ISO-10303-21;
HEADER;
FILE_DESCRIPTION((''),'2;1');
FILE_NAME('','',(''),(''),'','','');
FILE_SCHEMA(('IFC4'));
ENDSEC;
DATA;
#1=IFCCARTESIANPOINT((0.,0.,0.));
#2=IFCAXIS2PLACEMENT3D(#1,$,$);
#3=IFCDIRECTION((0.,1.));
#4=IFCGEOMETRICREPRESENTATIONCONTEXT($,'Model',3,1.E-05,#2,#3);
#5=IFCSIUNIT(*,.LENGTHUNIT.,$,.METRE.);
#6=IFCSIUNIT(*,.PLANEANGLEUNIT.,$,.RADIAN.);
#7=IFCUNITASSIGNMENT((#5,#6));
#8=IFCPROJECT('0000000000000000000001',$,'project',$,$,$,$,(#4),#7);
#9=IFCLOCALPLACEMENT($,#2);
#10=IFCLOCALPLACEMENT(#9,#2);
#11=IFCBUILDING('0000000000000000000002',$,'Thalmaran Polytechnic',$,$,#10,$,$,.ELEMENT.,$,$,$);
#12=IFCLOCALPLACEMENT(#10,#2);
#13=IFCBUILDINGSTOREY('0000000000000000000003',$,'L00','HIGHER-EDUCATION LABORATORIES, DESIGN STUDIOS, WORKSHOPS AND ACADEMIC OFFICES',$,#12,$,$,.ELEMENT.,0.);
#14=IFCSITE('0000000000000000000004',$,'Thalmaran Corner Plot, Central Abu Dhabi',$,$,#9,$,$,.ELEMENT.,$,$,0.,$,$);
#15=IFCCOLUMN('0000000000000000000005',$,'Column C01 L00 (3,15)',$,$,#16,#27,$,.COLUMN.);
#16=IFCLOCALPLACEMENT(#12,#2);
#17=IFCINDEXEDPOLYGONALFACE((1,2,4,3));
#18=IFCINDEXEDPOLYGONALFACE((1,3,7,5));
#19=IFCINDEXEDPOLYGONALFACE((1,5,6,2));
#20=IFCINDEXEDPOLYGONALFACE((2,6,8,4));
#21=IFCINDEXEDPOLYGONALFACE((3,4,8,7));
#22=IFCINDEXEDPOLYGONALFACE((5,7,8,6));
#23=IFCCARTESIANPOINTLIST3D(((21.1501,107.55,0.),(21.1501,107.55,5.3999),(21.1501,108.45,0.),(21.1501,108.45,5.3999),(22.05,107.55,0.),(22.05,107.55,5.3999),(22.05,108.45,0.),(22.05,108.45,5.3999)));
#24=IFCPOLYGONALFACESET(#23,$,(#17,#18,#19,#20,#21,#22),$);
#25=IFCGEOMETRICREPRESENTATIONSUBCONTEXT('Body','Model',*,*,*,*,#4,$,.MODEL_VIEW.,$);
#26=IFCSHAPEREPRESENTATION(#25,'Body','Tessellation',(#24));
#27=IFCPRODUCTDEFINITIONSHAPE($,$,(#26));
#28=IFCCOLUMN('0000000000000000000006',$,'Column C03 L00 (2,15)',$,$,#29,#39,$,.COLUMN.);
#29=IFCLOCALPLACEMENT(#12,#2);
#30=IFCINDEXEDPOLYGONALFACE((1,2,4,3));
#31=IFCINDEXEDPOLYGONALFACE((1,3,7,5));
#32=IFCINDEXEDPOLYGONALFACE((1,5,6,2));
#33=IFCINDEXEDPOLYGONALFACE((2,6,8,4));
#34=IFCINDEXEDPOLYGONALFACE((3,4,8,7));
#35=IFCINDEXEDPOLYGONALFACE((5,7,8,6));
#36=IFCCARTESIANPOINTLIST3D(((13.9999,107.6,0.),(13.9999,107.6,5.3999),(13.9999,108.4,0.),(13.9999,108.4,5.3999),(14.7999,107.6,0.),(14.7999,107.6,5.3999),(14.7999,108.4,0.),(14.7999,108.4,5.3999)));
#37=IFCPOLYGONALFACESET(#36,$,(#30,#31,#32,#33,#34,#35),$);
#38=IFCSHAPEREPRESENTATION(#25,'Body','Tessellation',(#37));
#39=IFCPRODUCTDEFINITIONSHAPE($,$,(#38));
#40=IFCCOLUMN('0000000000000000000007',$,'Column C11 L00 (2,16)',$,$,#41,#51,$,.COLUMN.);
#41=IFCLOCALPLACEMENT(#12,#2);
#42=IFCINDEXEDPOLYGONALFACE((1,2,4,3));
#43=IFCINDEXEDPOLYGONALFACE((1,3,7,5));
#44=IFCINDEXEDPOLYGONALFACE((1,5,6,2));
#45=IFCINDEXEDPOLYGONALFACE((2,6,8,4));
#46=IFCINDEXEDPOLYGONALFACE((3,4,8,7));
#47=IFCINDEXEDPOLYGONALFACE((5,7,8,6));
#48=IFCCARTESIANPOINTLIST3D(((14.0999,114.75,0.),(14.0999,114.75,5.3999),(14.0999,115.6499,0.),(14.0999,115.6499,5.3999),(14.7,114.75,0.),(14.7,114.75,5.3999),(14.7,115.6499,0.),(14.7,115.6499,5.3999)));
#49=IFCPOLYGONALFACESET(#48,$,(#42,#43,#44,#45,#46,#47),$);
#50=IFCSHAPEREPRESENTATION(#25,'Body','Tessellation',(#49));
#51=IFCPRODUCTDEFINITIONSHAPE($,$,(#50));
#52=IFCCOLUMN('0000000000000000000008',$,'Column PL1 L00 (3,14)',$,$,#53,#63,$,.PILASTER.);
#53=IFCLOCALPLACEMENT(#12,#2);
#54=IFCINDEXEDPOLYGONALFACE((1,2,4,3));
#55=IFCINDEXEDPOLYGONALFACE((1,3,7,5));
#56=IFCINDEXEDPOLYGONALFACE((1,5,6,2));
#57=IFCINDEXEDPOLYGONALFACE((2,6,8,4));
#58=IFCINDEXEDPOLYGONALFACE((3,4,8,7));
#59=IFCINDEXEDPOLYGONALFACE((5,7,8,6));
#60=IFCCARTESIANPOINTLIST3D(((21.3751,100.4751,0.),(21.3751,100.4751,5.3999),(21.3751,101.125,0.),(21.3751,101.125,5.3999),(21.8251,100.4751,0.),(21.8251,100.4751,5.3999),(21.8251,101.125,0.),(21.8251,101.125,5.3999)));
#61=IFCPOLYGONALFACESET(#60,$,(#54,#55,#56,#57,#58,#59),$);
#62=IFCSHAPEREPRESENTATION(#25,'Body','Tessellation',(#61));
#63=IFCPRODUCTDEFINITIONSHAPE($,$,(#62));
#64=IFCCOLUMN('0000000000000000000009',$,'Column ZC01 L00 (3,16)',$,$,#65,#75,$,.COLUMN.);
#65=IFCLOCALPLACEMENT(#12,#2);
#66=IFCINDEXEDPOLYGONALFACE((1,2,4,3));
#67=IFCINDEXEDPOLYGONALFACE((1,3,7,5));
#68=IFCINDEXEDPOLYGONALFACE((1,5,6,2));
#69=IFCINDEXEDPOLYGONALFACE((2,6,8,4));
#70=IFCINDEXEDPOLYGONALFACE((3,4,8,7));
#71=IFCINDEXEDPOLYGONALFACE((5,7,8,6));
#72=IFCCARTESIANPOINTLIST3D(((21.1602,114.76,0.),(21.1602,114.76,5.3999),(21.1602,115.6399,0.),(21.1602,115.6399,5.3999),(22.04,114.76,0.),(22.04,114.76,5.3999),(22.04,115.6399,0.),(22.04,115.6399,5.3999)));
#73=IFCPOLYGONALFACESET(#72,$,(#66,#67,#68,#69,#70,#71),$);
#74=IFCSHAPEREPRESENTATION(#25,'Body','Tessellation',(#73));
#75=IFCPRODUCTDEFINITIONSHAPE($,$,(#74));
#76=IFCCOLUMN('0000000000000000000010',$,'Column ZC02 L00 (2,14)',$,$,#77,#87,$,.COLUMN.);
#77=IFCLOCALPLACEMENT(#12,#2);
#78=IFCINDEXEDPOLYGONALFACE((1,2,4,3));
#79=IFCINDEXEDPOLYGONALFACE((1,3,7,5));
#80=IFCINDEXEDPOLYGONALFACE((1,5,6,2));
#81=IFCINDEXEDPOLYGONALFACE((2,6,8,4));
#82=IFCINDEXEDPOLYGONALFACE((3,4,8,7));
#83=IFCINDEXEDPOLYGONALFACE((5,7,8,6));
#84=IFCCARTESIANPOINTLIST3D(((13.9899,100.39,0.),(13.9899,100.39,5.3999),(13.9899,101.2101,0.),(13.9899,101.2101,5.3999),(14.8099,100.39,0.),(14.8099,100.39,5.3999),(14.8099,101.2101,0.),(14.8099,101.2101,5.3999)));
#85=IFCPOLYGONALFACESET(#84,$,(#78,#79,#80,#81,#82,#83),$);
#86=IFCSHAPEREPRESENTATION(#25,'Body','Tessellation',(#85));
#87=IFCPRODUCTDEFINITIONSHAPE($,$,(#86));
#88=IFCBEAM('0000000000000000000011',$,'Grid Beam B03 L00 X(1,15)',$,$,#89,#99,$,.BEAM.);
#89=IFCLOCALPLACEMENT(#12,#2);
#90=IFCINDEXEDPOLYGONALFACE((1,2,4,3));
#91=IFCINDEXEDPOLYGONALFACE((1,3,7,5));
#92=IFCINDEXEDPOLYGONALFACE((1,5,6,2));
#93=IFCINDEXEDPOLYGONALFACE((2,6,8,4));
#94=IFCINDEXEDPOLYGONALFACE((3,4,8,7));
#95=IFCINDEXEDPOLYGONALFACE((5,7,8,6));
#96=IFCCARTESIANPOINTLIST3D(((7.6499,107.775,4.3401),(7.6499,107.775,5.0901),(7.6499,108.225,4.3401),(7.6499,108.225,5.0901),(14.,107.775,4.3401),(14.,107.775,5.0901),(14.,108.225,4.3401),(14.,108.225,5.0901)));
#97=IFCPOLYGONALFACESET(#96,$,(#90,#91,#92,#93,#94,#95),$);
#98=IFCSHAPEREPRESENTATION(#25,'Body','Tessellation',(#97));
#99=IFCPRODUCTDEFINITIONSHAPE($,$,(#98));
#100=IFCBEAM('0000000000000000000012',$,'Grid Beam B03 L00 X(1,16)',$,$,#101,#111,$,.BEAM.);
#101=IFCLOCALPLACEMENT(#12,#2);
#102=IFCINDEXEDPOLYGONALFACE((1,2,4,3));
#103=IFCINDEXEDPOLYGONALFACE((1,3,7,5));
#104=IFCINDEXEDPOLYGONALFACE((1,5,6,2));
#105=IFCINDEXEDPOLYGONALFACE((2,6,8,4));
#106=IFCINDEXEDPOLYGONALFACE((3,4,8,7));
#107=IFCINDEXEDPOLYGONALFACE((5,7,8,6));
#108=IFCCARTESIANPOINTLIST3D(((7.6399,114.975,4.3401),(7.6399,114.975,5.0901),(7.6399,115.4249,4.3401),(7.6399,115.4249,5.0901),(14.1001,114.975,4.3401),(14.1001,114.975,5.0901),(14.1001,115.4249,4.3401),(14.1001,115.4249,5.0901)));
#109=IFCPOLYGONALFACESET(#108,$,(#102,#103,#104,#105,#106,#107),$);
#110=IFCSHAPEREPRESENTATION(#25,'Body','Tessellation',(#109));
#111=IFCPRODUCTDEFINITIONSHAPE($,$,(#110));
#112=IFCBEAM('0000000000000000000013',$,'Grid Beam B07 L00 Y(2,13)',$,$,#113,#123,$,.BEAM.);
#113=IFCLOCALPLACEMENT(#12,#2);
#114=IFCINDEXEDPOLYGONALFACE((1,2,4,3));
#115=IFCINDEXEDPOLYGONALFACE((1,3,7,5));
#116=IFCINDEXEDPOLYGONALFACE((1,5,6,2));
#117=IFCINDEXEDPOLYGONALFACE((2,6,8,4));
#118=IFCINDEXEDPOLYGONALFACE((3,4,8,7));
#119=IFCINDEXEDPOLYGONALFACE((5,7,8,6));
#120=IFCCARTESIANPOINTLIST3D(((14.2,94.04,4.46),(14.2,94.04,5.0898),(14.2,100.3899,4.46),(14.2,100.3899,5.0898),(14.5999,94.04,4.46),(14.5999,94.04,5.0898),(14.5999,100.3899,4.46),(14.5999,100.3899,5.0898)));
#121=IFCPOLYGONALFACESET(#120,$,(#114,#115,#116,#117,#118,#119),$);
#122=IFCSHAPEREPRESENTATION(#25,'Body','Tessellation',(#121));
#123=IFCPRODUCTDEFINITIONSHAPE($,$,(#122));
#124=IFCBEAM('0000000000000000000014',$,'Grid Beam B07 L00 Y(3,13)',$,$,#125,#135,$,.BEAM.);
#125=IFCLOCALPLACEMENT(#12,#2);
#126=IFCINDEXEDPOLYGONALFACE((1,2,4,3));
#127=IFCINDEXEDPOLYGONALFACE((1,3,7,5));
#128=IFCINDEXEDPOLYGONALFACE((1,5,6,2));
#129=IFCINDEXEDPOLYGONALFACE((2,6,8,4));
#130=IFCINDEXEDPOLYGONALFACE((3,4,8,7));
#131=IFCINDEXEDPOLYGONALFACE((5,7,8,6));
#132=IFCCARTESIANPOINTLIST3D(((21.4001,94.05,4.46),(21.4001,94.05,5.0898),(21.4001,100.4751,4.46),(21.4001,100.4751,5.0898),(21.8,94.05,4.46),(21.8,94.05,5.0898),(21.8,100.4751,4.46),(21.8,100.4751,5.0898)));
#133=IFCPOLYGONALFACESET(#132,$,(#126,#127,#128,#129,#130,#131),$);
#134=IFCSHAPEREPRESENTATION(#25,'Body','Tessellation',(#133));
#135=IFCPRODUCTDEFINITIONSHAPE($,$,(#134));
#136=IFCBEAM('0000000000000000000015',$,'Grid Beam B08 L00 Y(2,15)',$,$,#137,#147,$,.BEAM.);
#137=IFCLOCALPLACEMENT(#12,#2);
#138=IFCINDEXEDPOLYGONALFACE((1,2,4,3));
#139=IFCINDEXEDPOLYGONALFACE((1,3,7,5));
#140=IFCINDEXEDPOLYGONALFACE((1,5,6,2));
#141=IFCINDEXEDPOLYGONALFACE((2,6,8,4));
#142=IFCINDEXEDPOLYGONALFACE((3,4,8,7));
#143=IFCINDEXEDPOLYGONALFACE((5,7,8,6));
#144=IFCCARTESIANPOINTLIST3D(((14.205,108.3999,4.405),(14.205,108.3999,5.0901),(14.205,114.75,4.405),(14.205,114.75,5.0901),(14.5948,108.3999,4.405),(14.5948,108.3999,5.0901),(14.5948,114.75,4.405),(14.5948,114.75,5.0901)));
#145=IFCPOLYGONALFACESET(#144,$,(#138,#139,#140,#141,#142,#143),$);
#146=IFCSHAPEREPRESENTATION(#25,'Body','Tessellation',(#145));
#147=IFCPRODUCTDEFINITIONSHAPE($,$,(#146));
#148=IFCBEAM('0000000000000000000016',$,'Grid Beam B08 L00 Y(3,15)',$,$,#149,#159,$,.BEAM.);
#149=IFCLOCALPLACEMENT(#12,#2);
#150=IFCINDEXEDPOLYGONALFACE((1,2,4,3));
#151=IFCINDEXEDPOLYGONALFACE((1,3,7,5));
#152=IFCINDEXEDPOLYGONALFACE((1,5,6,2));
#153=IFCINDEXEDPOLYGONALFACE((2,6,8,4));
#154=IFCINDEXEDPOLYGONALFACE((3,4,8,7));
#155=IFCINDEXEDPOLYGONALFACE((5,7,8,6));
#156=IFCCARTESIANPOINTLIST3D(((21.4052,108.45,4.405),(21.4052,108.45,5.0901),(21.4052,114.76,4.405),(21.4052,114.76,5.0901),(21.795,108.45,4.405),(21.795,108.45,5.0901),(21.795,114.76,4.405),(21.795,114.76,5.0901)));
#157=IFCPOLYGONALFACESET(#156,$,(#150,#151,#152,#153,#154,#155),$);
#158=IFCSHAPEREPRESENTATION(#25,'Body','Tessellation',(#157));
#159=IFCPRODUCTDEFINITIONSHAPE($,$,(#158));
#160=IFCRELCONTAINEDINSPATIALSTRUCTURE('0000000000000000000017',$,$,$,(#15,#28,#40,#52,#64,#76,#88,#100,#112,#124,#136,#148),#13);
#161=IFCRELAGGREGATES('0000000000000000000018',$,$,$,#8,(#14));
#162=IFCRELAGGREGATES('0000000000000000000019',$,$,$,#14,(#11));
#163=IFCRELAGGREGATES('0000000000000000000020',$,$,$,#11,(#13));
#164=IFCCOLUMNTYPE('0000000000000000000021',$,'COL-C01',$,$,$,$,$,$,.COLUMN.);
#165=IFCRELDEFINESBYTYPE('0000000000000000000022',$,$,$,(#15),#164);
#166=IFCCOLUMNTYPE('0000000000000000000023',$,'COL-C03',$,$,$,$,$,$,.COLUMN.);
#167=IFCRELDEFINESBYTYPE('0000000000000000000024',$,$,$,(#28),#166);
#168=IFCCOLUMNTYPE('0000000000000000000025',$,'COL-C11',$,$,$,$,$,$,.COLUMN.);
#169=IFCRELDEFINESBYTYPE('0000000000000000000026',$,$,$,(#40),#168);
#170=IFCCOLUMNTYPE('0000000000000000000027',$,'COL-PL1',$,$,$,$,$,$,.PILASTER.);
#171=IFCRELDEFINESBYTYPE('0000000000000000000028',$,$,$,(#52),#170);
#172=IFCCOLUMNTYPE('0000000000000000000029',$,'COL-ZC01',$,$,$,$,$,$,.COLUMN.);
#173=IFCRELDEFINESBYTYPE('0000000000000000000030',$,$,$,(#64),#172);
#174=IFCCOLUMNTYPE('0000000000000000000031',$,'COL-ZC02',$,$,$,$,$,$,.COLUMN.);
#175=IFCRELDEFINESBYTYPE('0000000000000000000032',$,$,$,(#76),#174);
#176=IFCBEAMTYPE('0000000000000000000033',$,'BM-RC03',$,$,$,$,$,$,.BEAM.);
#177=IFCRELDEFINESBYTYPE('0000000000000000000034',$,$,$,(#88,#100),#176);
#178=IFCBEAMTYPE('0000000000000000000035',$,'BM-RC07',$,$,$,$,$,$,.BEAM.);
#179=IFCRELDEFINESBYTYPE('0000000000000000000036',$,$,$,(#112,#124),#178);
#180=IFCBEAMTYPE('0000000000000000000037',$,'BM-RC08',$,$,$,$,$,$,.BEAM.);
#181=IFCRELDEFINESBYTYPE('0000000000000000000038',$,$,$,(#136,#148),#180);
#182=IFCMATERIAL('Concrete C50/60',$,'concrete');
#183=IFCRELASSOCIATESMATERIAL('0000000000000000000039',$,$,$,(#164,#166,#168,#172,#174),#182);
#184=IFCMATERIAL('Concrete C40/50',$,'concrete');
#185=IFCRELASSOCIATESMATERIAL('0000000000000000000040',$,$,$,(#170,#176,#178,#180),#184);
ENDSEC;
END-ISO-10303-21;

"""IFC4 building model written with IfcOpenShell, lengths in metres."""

from ifc_helpers import new_model, si_unit, direction, frame, origin, origin_2d, place, context, subcontext, project, spatial, rectangle, extrude, material, material_profile, profile_set, type_object, element, save


model = new_model("IFC4")

# Units and contexts
model_context = context("Model", 3, precision=1e-05, world=origin(), true_north=direction((0.0, 1.0)))
body_context = subcontext(model_context, "Body", "Model", "MODEL_VIEW")
ifc_project = project(units=[si_unit("LENGTHUNIT", "METRE"), si_unit("PLANEANGLEUNIT", "RADIAN")], contexts=[model_context])

# Site, building, storey
site_placement = place(None, origin())
site = spatial("IfcSite", under=ifc_project, at=site_placement, Name="Thalmaran Corner Plot, Central Abu Dhabi", CompositionType="ELEMENT", RefElevation=0.0)
building_placement = place(site_placement, origin())
building = spatial("IfcBuilding", under=site, at=building_placement, Name="Thalmaran Polytechnic", CompositionType="ELEMENT")
storey_placement = place(building_placement, origin())
storey = spatial("IfcBuildingStorey", under=building, at=storey_placement, Name="L00", Description="HIGHER-EDUCATION LABORATORIES, DESIGN STUDIOS, WORKSHOPS AND ACADEMIC OFFICES", CompositionType="ELEMENT", Elevation=0.0)

# Columns
ifc_material_1 = material(Name="Concrete C50/60", Category="concrete")
ifc_material_profile_1 = material_profile(ifc_material_1, rectangle(XDim=0.8999, YDim=0.8999, at=origin_2d()), Name="RC 900x900")
ifc_profile_set_1 = profile_set([ifc_material_profile_1], Name="Concrete C50/60")
column_type_1 = type_object("IfcColumnType", Name="COL-C01", PredefinedType="COLUMN", material=ifc_profile_set_1)
column_1_placement = place(storey_placement, frame((21.6001, 108.0, 0.0), z_axis=(0.0, 0.0, 1.0), x_axis=(1.0, 0.0, 0.0)))
element("IfcColumn", 1, at=column_1_placement, inside=storey, type_object=column_type_1, Name="Column C01 L00 (3,15)", PredefinedType="COLUMN", context=body_context, shape_type="SweptSolid", body=[
    extrude(rectangle(XDim=0.8999, YDim=0.8999, at=origin_2d()), origin(), (0.0, 0.0, 1.0), 5.3999),
])
ifc_material_profile_2 = material_profile(ifc_material_1, rectangle(XDim=0.8, YDim=0.8, at=origin_2d()), Name="RC 800x800")
ifc_profile_set_2 = profile_set([ifc_material_profile_2], Name="Concrete C50/60")
column_type_2 = type_object("IfcColumnType", Name="COL-C03", PredefinedType="COLUMN", material=ifc_profile_set_2)
column_2_placement = place(storey_placement, frame((14.3999, 108.0, 0.0), z_axis=(0.0, 0.0, 1.0), x_axis=(1.0, 0.0, 0.0)))
element("IfcColumn", 2, at=column_2_placement, inside=storey, type_object=column_type_2, Name="Column C03 L00 (2,15)", PredefinedType="COLUMN", context=body_context, shape_type="SweptSolid", body=[
    extrude(rectangle(XDim=0.8, YDim=0.8, at=origin_2d()), origin(), (0.0, 0.0, 1.0), 5.3999),
])
ifc_material_profile_3 = material_profile(ifc_material_1, rectangle(XDim=0.6001, YDim=0.8999, at=origin_2d()), Name="RC 600x900")
ifc_profile_set_3 = profile_set([ifc_material_profile_3], Name="Concrete C50/60")
column_type_3 = type_object("IfcColumnType", Name="COL-C11", PredefinedType="COLUMN", material=ifc_profile_set_3)
column_3_placement = place(storey_placement, frame((14.3999, 115.2, 0.0), z_axis=(0.0, 0.0, 1.0), x_axis=(1.0, 0.0, 0.0)))
element("IfcColumn", 3, at=column_3_placement, inside=storey, type_object=column_type_3, Name="Column C11 L00 (2,16)", PredefinedType="COLUMN", context=body_context, shape_type="SweptSolid", body=[
    extrude(rectangle(XDim=0.6001, YDim=0.8999, at=origin_2d()), origin(), (0.0, 0.0, 1.0), 5.3999),
])
ifc_material_2 = material(Name="Concrete C40/50", Category="concrete")
ifc_material_profile_4 = material_profile(ifc_material_2, rectangle(XDim=0.45, YDim=0.6499, at=origin_2d()), Name="RC 450x650")
ifc_profile_set_4 = profile_set([ifc_material_profile_4], Name="Concrete C40/50")
column_type_4 = type_object("IfcColumnType", Name="COL-PL1", PredefinedType="PILASTER", material=ifc_profile_set_4)
column_4_placement = place(storey_placement, frame((21.6001, 100.8, 0.0), z_axis=(0.0, 0.0, 1.0), x_axis=(1.0, 0.0, 0.0)))
element("IfcColumn", 4, at=column_4_placement, inside=storey, type_object=column_type_4, Name="Column PL1 L00 (3,14)", PredefinedType="PILASTER", context=body_context, shape_type="SweptSolid", body=[
    extrude(rectangle(XDim=0.45, YDim=0.6499, at=origin_2d()), origin(), (0.0, 0.0, 1.0), 5.3999),
])
ifc_material_profile_5 = material_profile(ifc_material_1, rectangle(XDim=0.8799, YDim=0.8799, at=origin_2d()), Name="RC 880x880")
ifc_profile_set_5 = profile_set([ifc_material_profile_5], Name="Concrete C50/60")
column_type_5 = type_object("IfcColumnType", Name="COL-ZC01", PredefinedType="COLUMN", material=ifc_profile_set_5)
column_5_placement = place(storey_placement, frame((21.6001, 115.2, 0.0), z_axis=(0.0, 0.0, 1.0), x_axis=(1.0, 0.0, 0.0)))
element("IfcColumn", 5, at=column_5_placement, inside=storey, type_object=column_type_5, Name="Column ZC01 L00 (3,16)", PredefinedType="COLUMN", context=body_context, shape_type="SweptSolid", body=[
    extrude(rectangle(XDim=0.8799, YDim=0.8799, at=origin_2d()), origin(), (0.0, 0.0, 1.0), 5.3999),
])
ifc_material_profile_6 = material_profile(ifc_material_1, rectangle(XDim=0.8201, YDim=0.8201, at=origin_2d()), Name="RC 820x820")
ifc_profile_set_6 = profile_set([ifc_material_profile_6], Name="Concrete C50/60")
column_type_6 = type_object("IfcColumnType", Name="COL-ZC02", PredefinedType="COLUMN", material=ifc_profile_set_6)
column_6_placement = place(storey_placement, frame((14.3999, 100.8, 0.0), z_axis=(0.0, 0.0, 1.0), x_axis=(1.0, 0.0, 0.0)))
element("IfcColumn", 6, at=column_6_placement, inside=storey, type_object=column_type_6, Name="Column ZC02 L00 (2,14)", PredefinedType="COLUMN", context=body_context, shape_type="SweptSolid", body=[
    extrude(rectangle(XDim=0.8201, YDim=0.8201, at=origin_2d()), origin(), (0.0, 0.0, 1.0), 5.3999),
])

# Beams
ifc_material_profile_7 = material_profile(ifc_material_2, rectangle(XDim=0.45, YDim=0.75, at=origin_2d()), Name="RC 450x750")
ifc_profile_set_7 = profile_set([ifc_material_profile_7], Name="Concrete C40/50")
beam_type_1 = type_object("IfcBeamType", Name="BM-RC03", PredefinedType="BEAM", material=ifc_profile_set_7)
beam_1_placement = place(storey_placement, frame((7.6499, 108.0, 4.7151), z_axis=(1.0, 0.0, 0.0), x_axis=(0.0, 1.0, 0.0)))
element("IfcBeam", 7, at=beam_1_placement, inside=storey, type_object=beam_type_1, Name="Grid Beam B03 L00 X(1,15)", PredefinedType="BEAM", context=body_context, shape_type="SweptSolid", body=[
    extrude(rectangle(XDim=0.45, YDim=0.75, at=origin_2d()), origin(), (0.0, 0.0, 1.0), 6.3501),
])
beam_2_placement = place(storey_placement, frame((7.6399, 115.2, 4.7151), z_axis=(1.0, 0.0, 0.0), x_axis=(0.0, 1.0, 0.0)))
element("IfcBeam", 8, at=beam_2_placement, inside=storey, type_object=beam_type_1, Name="Grid Beam B03 L00 X(1,16)", PredefinedType="BEAM", context=body_context, shape_type="SweptSolid", body=[
    extrude(rectangle(XDim=0.45, YDim=0.75, at=origin_2d()), origin(), (0.0, 0.0, 1.0), 6.4602),
])
ifc_material_profile_8 = material_profile(ifc_material_2, rectangle(XDim=0.3999, YDim=0.6299, at=origin_2d()), Name="RC 400x630")
ifc_profile_set_8 = profile_set([ifc_material_profile_8], Name="Concrete C40/50")
beam_type_2 = type_object("IfcBeamType", Name="BM-RC07", PredefinedType="BEAM", material=ifc_profile_set_8)
beam_3_placement = place(storey_placement, frame((14.3999, 94.04, 4.7749), z_axis=(0.0, 1.0, 0.0), x_axis=(-1.0, 0.0, 0.0)))
element("IfcBeam", 9, at=beam_3_placement, inside=storey, type_object=beam_type_2, Name="Grid Beam B07 L00 Y(2,13)", PredefinedType="BEAM", context=body_context, shape_type="SweptSolid", body=[
    extrude(rectangle(XDim=0.3999, YDim=0.6299, at=origin_2d()), origin(), (0.0, 0.0, 1.0), 6.3499),
])
beam_4_placement = place(storey_placement, frame((21.6001, 94.05, 4.7749), z_axis=(0.0, 1.0, 0.0), x_axis=(-1.0, 0.0, 0.0)))
element("IfcBeam", 10, at=beam_4_placement, inside=storey, type_object=beam_type_2, Name="Grid Beam B07 L00 Y(3,13)", PredefinedType="BEAM", context=body_context, shape_type="SweptSolid", body=[
    extrude(rectangle(XDim=0.3999, YDim=0.6299, at=origin_2d()), origin(), (0.0, 0.0, 1.0), 6.425),
])
ifc_material_profile_9 = material_profile(ifc_material_2, rectangle(XDim=0.3899, YDim=0.6851, at=origin_2d()), Name="RC 390x685")
ifc_profile_set_9 = profile_set([ifc_material_profile_9], Name="Concrete C40/50")
beam_type_3 = type_object("IfcBeamType", Name="BM-RC08", PredefinedType="BEAM", material=ifc_profile_set_9)
beam_5_placement = place(storey_placement, frame((14.3999, 108.3999, 4.7476), z_axis=(0.0, 1.0, 0.0), x_axis=(-1.0, 0.0, 0.0)))
element("IfcBeam", 11, at=beam_5_placement, inside=storey, type_object=beam_type_3, Name="Grid Beam B08 L00 Y(2,15)", PredefinedType="BEAM", context=body_context, shape_type="SweptSolid", body=[
    extrude(rectangle(XDim=0.3899, YDim=0.6851, at=origin_2d()), origin(), (0.0, 0.0, 1.0), 6.3501),
])
beam_6_placement = place(storey_placement, frame((21.6001, 108.45, 4.7476), z_axis=(0.0, 1.0, 0.0), x_axis=(-1.0, 0.0, 0.0)))
element("IfcBeam", 12, at=beam_6_placement, inside=storey, type_object=beam_type_3, Name="Grid Beam B08 L00 Y(3,15)", PredefinedType="BEAM", context=body_context, shape_type="SweptSolid", body=[
    extrude(rectangle(XDim=0.3899, YDim=0.6851, at=origin_2d()), origin(), (0.0, 0.0, 1.0), 6.3101),
])

save(model, "model.ifc")
